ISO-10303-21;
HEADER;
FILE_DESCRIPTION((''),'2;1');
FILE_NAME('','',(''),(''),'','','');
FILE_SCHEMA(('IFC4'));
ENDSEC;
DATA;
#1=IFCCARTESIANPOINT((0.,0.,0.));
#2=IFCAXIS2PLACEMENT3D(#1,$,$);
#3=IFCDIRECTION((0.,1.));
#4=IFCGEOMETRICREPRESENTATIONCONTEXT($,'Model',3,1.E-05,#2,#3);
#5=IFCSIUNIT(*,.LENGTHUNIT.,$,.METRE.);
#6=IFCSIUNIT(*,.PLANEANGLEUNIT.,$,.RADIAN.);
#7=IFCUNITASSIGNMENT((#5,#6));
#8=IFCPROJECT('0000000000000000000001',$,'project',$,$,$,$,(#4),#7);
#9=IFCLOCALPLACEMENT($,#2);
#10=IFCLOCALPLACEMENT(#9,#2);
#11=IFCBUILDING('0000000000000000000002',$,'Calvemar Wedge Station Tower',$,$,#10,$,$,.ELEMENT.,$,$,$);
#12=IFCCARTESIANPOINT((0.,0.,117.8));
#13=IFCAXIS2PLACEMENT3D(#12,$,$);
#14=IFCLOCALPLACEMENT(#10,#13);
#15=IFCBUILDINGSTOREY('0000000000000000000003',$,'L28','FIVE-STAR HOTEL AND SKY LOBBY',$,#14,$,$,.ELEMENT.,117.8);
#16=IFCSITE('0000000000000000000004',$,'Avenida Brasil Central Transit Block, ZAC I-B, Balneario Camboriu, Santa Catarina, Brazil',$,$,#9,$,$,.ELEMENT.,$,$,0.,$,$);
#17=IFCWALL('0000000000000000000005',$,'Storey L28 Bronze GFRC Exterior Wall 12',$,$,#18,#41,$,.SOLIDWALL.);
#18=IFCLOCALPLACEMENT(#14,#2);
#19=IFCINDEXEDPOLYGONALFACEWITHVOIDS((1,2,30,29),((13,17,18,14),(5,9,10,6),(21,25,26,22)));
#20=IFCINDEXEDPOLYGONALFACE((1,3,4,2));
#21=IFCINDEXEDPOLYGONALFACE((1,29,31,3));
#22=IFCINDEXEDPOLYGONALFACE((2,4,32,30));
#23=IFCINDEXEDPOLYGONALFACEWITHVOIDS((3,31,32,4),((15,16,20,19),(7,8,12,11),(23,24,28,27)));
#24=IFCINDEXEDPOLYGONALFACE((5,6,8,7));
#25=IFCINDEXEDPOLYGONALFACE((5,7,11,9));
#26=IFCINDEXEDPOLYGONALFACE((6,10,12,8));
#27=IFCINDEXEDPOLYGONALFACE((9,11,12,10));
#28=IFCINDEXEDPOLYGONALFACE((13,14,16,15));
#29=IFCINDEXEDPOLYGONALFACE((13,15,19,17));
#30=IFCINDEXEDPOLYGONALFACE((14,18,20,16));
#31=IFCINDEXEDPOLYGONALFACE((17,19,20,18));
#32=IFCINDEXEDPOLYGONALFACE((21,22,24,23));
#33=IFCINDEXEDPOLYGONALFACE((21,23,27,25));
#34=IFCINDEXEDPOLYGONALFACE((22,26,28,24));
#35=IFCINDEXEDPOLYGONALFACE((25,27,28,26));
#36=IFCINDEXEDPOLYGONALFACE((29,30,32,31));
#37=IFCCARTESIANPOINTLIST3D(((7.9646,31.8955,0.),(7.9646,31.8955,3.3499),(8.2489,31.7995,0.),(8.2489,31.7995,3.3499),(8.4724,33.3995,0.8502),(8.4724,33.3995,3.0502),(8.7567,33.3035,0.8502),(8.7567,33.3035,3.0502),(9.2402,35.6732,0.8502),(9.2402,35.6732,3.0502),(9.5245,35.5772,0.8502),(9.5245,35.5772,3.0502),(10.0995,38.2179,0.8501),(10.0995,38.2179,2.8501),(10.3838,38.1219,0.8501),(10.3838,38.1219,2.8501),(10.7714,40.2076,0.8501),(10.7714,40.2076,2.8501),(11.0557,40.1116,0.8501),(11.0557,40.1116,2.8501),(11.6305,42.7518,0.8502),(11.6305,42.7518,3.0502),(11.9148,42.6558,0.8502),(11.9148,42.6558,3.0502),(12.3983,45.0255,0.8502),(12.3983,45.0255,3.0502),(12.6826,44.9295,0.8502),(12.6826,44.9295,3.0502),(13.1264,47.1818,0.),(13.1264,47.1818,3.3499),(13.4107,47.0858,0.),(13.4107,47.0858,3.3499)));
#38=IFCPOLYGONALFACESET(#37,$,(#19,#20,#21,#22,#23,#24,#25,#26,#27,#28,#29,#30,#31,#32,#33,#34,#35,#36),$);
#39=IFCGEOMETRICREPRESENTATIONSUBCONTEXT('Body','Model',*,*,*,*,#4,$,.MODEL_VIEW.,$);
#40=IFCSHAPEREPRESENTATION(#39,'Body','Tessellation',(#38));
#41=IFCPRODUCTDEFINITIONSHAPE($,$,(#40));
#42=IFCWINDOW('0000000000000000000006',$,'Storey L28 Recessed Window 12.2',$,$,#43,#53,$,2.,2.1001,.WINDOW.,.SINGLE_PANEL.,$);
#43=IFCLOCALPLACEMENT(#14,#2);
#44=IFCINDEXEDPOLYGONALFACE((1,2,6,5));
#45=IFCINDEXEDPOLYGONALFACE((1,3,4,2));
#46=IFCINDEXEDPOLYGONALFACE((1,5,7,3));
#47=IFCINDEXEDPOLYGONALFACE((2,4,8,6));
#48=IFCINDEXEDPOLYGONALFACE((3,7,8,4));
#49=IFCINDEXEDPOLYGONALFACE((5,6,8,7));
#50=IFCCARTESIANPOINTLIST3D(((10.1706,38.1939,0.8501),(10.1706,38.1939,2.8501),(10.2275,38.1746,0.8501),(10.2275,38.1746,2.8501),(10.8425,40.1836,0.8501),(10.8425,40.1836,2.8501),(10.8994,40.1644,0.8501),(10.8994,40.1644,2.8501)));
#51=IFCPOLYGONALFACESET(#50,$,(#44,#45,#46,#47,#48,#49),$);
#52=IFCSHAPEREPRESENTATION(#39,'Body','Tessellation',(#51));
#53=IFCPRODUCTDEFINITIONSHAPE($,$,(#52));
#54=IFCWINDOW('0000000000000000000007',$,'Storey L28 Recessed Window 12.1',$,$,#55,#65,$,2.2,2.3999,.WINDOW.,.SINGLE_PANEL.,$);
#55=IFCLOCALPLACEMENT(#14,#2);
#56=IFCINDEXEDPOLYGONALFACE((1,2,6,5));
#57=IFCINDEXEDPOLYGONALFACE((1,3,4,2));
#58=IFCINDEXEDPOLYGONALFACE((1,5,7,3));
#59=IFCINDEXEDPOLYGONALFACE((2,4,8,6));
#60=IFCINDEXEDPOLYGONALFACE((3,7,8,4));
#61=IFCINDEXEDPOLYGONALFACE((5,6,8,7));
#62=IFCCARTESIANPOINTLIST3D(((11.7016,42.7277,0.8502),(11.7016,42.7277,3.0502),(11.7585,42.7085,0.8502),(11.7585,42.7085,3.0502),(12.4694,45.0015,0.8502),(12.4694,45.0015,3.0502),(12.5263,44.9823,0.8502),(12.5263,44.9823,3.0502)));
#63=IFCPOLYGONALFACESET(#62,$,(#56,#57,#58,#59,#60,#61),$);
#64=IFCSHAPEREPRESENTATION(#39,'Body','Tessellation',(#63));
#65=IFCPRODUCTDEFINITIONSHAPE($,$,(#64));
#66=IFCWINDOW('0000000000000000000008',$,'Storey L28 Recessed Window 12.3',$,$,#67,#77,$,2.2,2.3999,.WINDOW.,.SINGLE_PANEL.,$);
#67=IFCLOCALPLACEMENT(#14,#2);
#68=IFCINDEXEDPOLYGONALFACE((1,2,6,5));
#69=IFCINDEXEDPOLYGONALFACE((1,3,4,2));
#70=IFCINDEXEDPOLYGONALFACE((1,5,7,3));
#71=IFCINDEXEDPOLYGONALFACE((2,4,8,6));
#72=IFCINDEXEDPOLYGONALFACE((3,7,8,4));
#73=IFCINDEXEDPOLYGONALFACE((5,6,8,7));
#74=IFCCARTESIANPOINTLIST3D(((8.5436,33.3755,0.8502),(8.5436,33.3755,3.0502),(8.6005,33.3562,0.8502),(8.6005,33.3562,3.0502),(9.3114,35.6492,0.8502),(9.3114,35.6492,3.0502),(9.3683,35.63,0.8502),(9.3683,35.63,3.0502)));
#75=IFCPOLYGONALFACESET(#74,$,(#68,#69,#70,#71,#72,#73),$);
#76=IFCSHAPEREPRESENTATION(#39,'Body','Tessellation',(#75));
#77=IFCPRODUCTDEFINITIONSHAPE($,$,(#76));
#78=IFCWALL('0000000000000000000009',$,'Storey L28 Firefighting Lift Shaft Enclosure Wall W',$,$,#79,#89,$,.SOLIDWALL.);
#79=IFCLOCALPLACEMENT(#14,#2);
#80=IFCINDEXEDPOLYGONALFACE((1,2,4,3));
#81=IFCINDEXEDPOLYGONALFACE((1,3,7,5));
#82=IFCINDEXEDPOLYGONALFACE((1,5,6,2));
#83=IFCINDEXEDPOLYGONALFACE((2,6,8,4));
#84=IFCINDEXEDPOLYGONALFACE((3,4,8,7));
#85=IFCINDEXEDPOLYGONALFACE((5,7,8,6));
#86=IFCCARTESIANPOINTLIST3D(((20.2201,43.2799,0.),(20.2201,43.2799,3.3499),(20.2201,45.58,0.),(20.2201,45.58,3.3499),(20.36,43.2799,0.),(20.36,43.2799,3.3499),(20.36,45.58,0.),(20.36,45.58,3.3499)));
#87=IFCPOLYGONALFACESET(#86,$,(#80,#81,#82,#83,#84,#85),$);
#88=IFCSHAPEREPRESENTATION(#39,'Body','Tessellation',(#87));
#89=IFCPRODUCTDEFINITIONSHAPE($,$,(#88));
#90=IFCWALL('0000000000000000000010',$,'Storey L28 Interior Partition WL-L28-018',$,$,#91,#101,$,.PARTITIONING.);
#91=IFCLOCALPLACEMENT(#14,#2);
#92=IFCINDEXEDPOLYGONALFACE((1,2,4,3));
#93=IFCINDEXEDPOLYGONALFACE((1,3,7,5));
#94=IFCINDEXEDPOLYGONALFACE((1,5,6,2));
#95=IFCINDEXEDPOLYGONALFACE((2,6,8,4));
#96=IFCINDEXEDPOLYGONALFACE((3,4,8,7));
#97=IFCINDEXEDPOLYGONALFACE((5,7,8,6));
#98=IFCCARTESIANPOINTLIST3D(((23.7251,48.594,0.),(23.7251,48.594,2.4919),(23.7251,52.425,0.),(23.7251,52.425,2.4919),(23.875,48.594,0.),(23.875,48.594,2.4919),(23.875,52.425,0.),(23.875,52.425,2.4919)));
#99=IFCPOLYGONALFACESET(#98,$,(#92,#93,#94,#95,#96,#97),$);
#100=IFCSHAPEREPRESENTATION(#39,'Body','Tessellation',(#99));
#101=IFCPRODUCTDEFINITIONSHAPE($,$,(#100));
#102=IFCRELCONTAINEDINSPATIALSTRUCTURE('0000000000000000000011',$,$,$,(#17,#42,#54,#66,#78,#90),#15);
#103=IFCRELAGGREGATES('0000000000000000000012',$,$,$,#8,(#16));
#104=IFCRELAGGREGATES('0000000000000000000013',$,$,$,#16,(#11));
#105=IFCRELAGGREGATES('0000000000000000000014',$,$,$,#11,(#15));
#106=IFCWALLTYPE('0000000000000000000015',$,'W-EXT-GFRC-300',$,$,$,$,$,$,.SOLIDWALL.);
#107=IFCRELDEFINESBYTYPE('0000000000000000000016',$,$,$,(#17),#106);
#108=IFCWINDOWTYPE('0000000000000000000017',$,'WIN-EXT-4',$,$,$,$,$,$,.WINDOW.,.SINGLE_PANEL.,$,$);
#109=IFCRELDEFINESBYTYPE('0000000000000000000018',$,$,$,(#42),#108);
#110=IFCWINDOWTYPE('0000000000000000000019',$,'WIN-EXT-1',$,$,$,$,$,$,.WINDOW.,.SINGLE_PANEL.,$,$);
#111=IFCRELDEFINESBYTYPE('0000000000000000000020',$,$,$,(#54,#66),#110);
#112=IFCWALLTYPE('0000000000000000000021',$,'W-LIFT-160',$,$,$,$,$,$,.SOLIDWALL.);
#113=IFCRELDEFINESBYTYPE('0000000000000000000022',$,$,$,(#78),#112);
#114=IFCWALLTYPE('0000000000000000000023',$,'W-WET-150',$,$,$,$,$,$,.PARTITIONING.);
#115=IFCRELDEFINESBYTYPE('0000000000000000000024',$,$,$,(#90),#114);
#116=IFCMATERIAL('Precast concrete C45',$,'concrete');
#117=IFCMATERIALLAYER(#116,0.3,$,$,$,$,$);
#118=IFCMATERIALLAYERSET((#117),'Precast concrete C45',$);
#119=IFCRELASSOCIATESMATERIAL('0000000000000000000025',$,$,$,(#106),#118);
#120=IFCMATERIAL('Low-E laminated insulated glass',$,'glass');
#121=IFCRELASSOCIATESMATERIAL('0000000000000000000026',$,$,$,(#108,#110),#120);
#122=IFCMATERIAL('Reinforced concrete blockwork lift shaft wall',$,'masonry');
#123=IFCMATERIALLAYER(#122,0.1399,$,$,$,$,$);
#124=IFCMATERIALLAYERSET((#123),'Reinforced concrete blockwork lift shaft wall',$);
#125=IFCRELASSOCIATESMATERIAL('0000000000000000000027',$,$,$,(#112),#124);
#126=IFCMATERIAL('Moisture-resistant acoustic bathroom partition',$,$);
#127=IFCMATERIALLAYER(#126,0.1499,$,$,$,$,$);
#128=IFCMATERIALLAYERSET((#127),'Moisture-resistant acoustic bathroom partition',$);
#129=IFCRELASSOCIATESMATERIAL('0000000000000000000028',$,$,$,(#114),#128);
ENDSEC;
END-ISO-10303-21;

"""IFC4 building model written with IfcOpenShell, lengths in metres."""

from ifc_helpers import new_model, si_unit, direction, frame, frame_2d, origin, place, context, subcontext, project, spatial, rectangle, extrude, source, transform, mapped, material, layer, layer_set, type_object, element, fill, save


model = new_model("IFC4")

# Units and contexts
model_context = context("Model", 3, precision=1e-05, world=origin(), true_north=direction((0.0, 1.0)))
body_context = subcontext(model_context, "Body", "Model", "MODEL_VIEW")
ifc_project = project(units=[si_unit("LENGTHUNIT", "METRE"), si_unit("PLANEANGLEUNIT", "RADIAN")], contexts=[model_context])

# Site, building, storey
site_placement = place(None, origin())
site = spatial("IfcSite", under=ifc_project, at=site_placement, Name="Avenida Brasil Central Transit Block, ZAC I-B, Balneario Camboriu, Santa Catarina, Brazil", CompositionType="ELEMENT", RefElevation=0.0)
building_placement = place(site_placement, origin())
building = spatial("IfcBuilding", under=site, at=building_placement, Name="Calvemar Wedge Station Tower", CompositionType="ELEMENT")
storey_placement = place(building_placement, frame((0.0, 0.0, 117.8)))
storey = spatial("IfcBuildingStorey", under=building, at=storey_placement, Name="L28", Description="FIVE-STAR HOTEL AND SKY LOBBY", CompositionType="ELEMENT", Elevation=117.8)

# Shared definitions
ifc_material_1 = material(Name="Precast concrete C45", Category="concrete")

# Wall, openings, windows
ifc_layer_1 = layer(ifc_material_1, 0.3)
ifc_layer_set_1 = layer_set([ifc_layer_1], Name="Precast concrete C45")
wall_type_1 = type_object("IfcWallType", Name="W-EXT-GFRC-300", PredefinedType="SOLIDWALL", material=ifc_layer_set_1)
shared_shape_1 = source(origin(), body_context, "Body", "SweptSolid", [
    extrude(rectangle(XDim=2.1001, YDim=2.0, at=frame_2d((1.05, 1.0))), frame((0.0, 0.1602, 0.0), z_axis=(0.0, -1.0, 0.0), x_axis=(1.0, 0.0, 0.0)), (0.0, 0.0, 1.0), 0.3201),
])
ifc_material_2 = material(Name="Low-E laminated insulated glass", Category="glass")
window_type_1 = type_object("IfcWindowType", Name="WIN-EXT-4", PartitioningType="SINGLE_PANEL", PredefinedType="WINDOW", material=ifc_material_2)
shared_shape_2 = source(origin(), body_context, "Body", "SweptSolid", [
    extrude(rectangle(XDim=2.1001, YDim=2.0, at=frame_2d((1.05, 1.0))), frame((0.0, -0.0149, 0.0), z_axis=(0.0, -1.0, 0.0), x_axis=(1.0, 0.0, 0.0)), (0.0, 0.0, 1.0), 0.0601),
])
wall_1_placement = place(storey_placement, frame((13.2686, 47.1338, 0.0), z_axis=(0.0, 0.0, 1.0), x_axis=(-0.31993, -0.947441, 0.0)))
wall_1 = element("IfcWall", 1, at=wall_1_placement, inside=storey, type_object=wall_type_1, Name="Storey L28 Bronze GFRC Exterior Wall 12", PredefinedType="SOLIDWALL", context=body_context, shape_type="SweptSolid", body=[
    extrude(rectangle(XDim=16.1343, YDim=0.3, at=frame_2d((8.0671, 0.0))), origin(), (0.0, 0.0, 1.0), 3.3499),
])
shared_shape_3 = source(origin(), body_context, "Body", "SweptSolid", [
    extrude(rectangle(XDim=2.3999, YDim=2.2, at=frame_2d((1.2, 1.1001))), frame((0.0, 0.1602, 0.0), z_axis=(0.0, -1.0, 0.0), x_axis=(1.0, 0.0, 0.0)), (0.0, 0.0, 1.0), 0.3201),
])
opening_1_placement = place(wall_1_placement, frame((2.2759, 0.0, 0.8501)))
opening_1 = element("IfcOpeningElement", 2, at=opening_1_placement, cuts=wall_1, PredefinedType="OPENING", context=body_context, shape_type="MappedRepresentation", body=[
    mapped(shared_shape_3, transform((0.0, 0.0, 0.0), scale=1.0)),
])
opening_2_placement = place(wall_1_placement, frame((7.3611, 0.0, 0.8501)))
opening_2 = element("IfcOpeningElement", 3, at=opening_2_placement, cuts=wall_1, PredefinedType="OPENING", context=body_context, shape_type="MappedRepresentation", body=[
    mapped(shared_shape_1, transform((0.0, 0.0, 0.0), scale=1.0)),
])
opening_3_placement = place(wall_1_placement, frame((12.147, 0.0, 0.8501)))
opening_3 = element("IfcOpeningElement", 4, at=opening_3_placement, cuts=wall_1, PredefinedType="OPENING", context=body_context, shape_type="MappedRepresentation", body=[
    mapped(shared_shape_3, transform((0.0, 0.0, 0.0), scale=1.0)),
])
window_1_placement = place(opening_2_placement, origin())
window_1 = element("IfcWindow", 5, at=window_1_placement, inside=storey, type_object=window_type_1, Name="Storey L28 Recessed Window 12.2", OverallHeight=2.0, OverallWidth=2.1001, PartitioningType="SINGLE_PANEL", PredefinedType="WINDOW", context=body_context, shape_type="MappedRepresentation", body=[
    mapped(shared_shape_2, transform((0.0, 0.0, 0.0), scale=1.0)),
])
fill(opening_2, window_1)
window_type_2 = type_object("IfcWindowType", Name="WIN-EXT-1", PartitioningType="SINGLE_PANEL", PredefinedType="WINDOW", material=ifc_material_2)
shared_shape_4 = source(origin(), body_context, "Body", "SweptSolid", [
    extrude(rectangle(XDim=2.3999, YDim=2.2, at=frame_2d((1.2, 1.1001))), frame((0.0, -0.0149, 0.0), z_axis=(0.0, -1.0, 0.0), x_axis=(1.0, 0.0, 0.0)), (0.0, 0.0, 1.0), 0.0601),
])
window_2_placement = place(opening_1_placement, origin())
window_2 = element("IfcWindow", 6, at=window_2_placement, inside=storey, type_object=window_type_2, Name="Storey L28 Recessed Window 12.1", OverallHeight=2.2, OverallWidth=2.3999, PartitioningType="SINGLE_PANEL", PredefinedType="WINDOW", context=body_context, shape_type="MappedRepresentation", body=[
    mapped(shared_shape_4, transform((0.0, 0.0, 0.0), scale=1.0)),
])
fill(opening_1, window_2)
window_3_placement = place(opening_3_placement, origin())
window_3 = element("IfcWindow", 7, at=window_3_placement, inside=storey, type_object=window_type_2, Name="Storey L28 Recessed Window 12.3", OverallHeight=2.2, OverallWidth=2.3999, PartitioningType="SINGLE_PANEL", PredefinedType="WINDOW", context=body_context, shape_type="MappedRepresentation", body=[
    mapped(shared_shape_4, transform((0.0, 0.0, 0.0), scale=1.0)),
])
fill(opening_3, window_3)

# Walls
ifc_material_3 = material(Name="Reinforced concrete blockwork lift shaft wall", Category="masonry")
ifc_layer_2 = layer(ifc_material_3, 0.1399)
ifc_layer_set_2 = layer_set([ifc_layer_2], Name="Reinforced concrete blockwork lift shaft wall")
wall_type_2 = type_object("IfcWallType", Name="W-LIFT-160", PredefinedType="SOLIDWALL", material=ifc_layer_set_2)
wall_2_placement = place(storey_placement, frame((20.29, 43.28, 0.0), z_axis=(0.0, 0.0, 1.0), x_axis=(0.0, 1.0, 0.0)))
element("IfcWall", 8, at=wall_2_placement, inside=storey, type_object=wall_type_2, Name="Storey L28 Firefighting Lift Shaft Enclosure Wall W", PredefinedType="SOLIDWALL", context=body_context, shape_type="SweptSolid", body=[
    extrude(rectangle(XDim=2.3, YDim=0.1399, at=frame_2d((1.1499, 0.0))), origin(), (0.0, 0.0, 1.0), 3.3499),
])
ifc_material_4 = material(Name="Moisture-resistant acoustic bathroom partition")
ifc_layer_3 = layer(ifc_material_4, 0.1499)
ifc_layer_set_3 = layer_set([ifc_layer_3], Name="Moisture-resistant acoustic bathroom partition")
wall_type_3 = type_object("IfcWallType", Name="W-WET-150", PredefinedType="PARTITIONING", material=ifc_layer_set_3)
wall_3_placement = place(storey_placement, frame((23.8, 52.425, 0.0), z_axis=(0.0, 0.0, 1.0), x_axis=(0.0, -1.0, 0.0)))
element("IfcWall", 9, at=wall_3_placement, inside=storey, type_object=wall_type_3, Name="Storey L28 Interior Partition WL-L28-018", PredefinedType="PARTITIONING", context=body_context, shape_type="SweptSolid", body=[
    extrude(rectangle(XDim=3.8311, YDim=0.1499, at=frame_2d((1.9155, 0.0))), origin(), (0.0, 0.0, 1.0), 2.4919),
])

save(model, "model.ifc")
